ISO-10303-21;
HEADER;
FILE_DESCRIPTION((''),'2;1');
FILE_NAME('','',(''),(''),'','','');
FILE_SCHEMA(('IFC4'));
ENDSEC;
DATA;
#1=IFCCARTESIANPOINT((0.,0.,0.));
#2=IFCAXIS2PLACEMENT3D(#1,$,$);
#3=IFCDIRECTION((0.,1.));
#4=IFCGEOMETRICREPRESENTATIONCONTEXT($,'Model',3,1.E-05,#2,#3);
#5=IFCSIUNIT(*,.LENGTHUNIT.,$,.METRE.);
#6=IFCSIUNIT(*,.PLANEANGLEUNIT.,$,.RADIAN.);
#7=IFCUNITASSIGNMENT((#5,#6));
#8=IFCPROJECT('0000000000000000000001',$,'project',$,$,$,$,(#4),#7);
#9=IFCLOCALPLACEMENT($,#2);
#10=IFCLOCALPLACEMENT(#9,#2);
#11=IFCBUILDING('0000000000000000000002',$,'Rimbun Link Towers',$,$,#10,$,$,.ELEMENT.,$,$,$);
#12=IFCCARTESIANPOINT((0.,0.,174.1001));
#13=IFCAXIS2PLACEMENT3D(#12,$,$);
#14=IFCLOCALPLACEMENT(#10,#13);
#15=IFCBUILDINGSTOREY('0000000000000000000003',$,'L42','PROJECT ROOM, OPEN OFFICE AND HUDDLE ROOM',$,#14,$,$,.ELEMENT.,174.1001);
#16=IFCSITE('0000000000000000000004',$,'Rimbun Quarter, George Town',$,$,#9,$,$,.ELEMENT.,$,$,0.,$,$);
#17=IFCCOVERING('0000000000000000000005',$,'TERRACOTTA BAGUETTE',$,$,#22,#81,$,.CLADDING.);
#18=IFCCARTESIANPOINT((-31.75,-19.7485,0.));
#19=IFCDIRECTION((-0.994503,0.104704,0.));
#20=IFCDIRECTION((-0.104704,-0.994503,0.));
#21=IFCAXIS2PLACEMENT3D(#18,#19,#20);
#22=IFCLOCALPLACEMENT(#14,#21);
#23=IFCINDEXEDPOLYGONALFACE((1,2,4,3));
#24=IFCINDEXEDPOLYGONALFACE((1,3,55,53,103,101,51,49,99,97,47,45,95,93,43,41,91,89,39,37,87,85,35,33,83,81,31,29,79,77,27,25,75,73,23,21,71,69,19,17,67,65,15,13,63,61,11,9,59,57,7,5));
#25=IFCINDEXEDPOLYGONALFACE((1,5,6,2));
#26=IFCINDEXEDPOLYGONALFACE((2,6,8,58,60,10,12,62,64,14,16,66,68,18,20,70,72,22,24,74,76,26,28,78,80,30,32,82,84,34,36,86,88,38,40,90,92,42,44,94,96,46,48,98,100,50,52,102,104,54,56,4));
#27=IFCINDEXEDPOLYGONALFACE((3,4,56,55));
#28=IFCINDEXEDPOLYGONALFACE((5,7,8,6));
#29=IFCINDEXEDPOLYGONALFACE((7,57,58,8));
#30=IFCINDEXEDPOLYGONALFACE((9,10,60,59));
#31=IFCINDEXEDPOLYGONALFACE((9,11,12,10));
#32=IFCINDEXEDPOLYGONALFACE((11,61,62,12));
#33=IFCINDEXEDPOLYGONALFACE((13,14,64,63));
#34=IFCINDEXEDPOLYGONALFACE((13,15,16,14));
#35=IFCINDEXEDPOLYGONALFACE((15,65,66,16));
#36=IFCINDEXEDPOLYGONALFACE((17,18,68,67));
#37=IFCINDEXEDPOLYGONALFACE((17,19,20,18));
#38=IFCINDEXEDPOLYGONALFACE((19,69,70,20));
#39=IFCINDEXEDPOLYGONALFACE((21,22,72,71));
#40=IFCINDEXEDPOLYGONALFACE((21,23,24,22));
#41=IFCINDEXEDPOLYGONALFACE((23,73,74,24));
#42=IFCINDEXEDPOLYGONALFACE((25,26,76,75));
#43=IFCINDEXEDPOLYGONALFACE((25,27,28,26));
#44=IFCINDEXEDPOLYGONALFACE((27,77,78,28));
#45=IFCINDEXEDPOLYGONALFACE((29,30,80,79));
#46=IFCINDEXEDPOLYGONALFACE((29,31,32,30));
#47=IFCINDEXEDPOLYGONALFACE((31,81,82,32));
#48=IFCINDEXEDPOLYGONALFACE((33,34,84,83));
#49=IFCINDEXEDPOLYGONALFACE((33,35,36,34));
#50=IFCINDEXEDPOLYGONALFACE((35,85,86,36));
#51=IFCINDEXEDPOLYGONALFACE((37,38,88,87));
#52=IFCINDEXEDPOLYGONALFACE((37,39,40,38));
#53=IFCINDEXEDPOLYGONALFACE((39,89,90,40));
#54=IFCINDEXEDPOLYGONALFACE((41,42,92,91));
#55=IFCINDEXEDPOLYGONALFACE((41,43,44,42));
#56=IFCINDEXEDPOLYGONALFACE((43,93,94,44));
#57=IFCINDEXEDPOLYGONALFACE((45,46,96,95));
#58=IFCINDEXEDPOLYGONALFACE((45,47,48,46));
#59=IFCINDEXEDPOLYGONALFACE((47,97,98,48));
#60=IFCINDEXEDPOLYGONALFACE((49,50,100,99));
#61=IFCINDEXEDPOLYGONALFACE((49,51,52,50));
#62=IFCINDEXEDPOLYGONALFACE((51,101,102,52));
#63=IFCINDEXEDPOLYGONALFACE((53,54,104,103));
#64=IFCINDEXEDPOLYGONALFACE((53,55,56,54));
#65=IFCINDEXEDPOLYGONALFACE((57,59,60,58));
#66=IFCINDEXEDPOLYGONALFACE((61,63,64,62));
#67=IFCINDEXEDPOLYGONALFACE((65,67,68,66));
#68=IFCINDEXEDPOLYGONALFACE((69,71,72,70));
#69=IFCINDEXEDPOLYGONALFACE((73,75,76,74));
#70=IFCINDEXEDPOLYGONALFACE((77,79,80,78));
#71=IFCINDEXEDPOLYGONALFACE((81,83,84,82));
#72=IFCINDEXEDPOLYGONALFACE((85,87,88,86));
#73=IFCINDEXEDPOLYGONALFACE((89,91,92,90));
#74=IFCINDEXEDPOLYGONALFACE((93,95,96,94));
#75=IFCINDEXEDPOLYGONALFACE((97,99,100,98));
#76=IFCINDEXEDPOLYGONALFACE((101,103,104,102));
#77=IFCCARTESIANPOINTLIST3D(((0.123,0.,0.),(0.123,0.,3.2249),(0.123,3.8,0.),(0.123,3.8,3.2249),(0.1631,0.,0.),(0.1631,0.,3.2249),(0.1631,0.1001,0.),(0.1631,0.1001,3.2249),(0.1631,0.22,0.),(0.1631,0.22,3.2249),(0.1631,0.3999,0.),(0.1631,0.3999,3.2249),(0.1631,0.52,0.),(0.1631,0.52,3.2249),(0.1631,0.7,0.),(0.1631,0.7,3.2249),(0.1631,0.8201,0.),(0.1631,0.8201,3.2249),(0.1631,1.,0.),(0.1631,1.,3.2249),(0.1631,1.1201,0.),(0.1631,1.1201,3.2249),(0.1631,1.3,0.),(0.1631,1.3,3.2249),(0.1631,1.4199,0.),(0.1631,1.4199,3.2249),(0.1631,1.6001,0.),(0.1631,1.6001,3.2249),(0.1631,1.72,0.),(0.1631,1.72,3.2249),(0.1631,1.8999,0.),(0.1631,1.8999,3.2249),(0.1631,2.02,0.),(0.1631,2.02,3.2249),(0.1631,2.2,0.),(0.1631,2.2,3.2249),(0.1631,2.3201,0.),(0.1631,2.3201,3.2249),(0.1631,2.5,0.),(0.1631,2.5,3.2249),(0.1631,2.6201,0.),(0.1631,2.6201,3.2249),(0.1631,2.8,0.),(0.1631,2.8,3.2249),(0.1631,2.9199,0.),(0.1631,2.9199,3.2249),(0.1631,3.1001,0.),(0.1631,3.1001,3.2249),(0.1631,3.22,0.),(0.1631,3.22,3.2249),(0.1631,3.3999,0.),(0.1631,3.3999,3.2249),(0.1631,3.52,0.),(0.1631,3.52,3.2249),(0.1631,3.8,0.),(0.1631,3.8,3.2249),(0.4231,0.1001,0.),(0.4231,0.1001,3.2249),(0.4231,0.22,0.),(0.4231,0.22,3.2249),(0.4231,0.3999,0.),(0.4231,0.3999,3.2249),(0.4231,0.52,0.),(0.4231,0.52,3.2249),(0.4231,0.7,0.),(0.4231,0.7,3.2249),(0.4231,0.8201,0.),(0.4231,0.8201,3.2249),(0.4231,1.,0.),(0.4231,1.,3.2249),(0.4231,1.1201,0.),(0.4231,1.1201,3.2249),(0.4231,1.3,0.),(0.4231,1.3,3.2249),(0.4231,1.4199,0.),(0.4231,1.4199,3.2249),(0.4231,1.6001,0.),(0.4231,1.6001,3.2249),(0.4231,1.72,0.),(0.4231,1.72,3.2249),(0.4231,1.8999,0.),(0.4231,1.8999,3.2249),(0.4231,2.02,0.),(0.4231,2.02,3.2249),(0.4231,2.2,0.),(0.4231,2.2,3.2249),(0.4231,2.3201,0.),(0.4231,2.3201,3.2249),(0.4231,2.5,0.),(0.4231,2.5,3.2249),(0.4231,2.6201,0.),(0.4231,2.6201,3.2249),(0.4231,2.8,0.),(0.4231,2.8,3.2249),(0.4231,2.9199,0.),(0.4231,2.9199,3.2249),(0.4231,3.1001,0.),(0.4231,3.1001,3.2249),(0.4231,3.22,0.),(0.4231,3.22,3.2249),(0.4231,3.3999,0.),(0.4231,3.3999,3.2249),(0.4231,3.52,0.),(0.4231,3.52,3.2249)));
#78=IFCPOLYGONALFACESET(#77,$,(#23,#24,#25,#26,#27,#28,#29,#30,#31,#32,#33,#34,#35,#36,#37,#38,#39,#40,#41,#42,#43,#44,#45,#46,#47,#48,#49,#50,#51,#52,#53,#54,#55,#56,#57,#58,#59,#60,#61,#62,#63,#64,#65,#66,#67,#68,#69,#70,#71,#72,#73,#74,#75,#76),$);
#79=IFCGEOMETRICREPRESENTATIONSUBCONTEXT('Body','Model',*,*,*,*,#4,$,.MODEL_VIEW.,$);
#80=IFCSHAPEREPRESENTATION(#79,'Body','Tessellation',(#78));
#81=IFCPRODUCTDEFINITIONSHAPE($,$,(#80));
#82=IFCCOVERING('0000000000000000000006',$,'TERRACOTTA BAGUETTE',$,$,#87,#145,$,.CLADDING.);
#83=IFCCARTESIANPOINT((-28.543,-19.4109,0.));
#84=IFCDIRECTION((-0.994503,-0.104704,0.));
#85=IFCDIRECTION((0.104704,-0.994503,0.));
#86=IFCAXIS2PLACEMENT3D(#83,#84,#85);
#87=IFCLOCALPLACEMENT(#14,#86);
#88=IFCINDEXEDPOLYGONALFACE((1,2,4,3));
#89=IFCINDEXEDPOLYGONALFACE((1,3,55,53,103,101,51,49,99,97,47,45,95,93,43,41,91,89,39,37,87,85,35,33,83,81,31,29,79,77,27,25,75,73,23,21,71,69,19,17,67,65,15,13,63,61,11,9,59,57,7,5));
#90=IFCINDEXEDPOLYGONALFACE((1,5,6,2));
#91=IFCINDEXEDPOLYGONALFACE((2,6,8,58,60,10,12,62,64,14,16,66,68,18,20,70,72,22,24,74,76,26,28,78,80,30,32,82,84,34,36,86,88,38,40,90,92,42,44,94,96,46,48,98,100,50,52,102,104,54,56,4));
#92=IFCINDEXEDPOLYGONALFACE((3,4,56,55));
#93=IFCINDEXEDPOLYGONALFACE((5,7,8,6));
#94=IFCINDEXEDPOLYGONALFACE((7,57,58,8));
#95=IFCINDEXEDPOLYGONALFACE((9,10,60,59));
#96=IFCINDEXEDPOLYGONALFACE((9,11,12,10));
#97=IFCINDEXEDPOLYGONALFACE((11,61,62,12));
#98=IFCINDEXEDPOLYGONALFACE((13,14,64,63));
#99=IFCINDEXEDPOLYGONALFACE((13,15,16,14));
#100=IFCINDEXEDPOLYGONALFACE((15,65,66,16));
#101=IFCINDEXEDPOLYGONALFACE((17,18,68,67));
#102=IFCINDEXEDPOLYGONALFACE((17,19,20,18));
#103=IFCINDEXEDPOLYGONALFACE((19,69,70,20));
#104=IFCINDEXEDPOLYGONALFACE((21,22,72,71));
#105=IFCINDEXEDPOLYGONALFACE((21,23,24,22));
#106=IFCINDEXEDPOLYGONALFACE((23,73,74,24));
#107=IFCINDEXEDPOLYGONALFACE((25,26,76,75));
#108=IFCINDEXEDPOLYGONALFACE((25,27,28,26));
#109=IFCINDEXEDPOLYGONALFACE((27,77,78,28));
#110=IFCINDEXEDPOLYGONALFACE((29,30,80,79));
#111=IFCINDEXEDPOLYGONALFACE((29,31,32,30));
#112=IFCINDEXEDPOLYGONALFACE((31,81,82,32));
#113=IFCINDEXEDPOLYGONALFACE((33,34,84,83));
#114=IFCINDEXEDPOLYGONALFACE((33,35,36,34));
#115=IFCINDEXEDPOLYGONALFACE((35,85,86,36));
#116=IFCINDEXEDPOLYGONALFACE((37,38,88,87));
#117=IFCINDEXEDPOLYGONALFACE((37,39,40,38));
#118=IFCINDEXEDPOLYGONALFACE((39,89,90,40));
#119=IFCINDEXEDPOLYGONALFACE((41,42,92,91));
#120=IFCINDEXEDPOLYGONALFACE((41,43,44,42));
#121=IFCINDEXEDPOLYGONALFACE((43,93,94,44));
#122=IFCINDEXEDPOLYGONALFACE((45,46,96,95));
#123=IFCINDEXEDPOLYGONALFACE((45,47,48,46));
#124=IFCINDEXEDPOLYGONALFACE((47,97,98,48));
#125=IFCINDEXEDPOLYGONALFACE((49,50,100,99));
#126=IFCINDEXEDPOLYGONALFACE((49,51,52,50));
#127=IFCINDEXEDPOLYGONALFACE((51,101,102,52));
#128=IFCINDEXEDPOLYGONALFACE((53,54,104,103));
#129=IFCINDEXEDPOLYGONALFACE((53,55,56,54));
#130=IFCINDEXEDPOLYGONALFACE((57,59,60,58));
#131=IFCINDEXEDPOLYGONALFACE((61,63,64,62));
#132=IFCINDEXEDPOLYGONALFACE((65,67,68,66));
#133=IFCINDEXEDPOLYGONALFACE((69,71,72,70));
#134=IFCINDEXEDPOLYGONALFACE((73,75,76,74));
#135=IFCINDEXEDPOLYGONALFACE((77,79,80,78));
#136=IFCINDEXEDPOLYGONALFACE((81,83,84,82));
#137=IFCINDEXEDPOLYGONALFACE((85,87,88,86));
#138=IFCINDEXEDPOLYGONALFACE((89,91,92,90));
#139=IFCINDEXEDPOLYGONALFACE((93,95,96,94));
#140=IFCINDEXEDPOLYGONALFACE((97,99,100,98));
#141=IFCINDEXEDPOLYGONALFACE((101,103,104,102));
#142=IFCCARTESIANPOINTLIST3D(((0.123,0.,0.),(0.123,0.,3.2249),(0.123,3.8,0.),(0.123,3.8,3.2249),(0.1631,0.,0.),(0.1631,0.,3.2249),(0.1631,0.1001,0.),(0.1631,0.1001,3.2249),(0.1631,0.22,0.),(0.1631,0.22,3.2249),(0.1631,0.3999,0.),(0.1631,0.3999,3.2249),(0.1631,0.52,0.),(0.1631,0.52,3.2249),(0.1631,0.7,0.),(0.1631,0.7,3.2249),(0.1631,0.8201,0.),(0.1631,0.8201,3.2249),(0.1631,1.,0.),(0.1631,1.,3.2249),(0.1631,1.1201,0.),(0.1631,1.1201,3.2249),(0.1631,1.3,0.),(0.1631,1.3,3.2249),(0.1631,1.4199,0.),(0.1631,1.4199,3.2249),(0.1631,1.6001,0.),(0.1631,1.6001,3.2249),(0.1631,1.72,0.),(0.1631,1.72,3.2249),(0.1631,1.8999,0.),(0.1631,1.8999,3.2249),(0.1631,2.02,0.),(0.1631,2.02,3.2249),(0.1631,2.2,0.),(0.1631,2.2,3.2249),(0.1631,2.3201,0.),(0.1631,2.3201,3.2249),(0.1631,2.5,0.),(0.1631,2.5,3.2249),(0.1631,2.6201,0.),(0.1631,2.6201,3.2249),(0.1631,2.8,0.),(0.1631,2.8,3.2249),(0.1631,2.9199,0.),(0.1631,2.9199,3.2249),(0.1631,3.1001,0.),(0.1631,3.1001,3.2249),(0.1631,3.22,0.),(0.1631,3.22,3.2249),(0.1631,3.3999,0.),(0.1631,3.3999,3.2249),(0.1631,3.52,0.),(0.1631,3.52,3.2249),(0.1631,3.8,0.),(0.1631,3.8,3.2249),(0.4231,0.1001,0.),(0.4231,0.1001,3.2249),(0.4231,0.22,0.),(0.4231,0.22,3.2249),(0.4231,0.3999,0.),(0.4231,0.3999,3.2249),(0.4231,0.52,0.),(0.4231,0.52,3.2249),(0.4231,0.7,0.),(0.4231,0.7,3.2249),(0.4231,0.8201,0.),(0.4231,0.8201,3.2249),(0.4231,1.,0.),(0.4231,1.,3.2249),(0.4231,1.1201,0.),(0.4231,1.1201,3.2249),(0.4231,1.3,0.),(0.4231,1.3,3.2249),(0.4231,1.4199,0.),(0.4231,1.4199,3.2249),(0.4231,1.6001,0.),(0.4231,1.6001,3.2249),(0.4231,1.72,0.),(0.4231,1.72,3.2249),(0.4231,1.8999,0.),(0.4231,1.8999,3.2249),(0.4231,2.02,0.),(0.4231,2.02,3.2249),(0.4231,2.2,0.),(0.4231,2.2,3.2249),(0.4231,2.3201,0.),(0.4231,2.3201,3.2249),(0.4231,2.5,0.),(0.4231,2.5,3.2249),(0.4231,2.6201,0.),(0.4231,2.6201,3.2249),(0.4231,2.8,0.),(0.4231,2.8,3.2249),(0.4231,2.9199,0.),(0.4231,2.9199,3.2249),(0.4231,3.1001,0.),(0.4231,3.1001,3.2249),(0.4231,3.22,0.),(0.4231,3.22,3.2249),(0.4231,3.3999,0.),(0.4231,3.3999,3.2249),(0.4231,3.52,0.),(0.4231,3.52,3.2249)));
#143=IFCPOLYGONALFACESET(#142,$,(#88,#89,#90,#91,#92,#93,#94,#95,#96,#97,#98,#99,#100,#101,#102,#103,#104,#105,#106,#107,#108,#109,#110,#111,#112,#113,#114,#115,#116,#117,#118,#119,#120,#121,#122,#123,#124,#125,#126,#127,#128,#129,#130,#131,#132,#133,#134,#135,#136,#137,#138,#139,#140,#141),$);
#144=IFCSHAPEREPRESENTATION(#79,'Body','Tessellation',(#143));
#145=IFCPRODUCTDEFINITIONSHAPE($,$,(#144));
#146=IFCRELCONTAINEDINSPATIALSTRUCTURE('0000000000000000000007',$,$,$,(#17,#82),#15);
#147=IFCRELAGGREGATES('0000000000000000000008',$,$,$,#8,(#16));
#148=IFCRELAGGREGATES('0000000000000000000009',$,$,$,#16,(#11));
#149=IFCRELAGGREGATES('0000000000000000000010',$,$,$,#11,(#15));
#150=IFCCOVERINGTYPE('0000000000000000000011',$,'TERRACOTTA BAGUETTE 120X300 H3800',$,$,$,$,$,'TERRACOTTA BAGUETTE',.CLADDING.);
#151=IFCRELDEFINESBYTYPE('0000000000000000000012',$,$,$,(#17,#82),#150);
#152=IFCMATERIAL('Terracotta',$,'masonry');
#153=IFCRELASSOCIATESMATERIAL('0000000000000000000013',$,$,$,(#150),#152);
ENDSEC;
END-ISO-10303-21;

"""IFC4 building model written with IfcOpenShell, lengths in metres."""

from ifc_helpers import new_model, si_unit, direction, frame, origin, place, context, subcontext, project, spatial, polyline, outline, extrude, material, material_profile, profile_set, type_object, element, save


model = new_model("IFC4")

# Units and contexts
model_context = context("Model", 3, precision=1e-05, world=origin(), true_north=direction((0.0, 1.0)))
body_context = subcontext(model_context, "Body", "Model", "MODEL_VIEW")
ifc_project = project(units=[si_unit("LENGTHUNIT", "METRE"), si_unit("PLANEANGLEUNIT", "RADIAN")], contexts=[model_context])

# Site, building, storey
site_placement = place(None, origin())
site = spatial("IfcSite", under=ifc_project, at=site_placement, Name="Rimbun Quarter, George Town", CompositionType="ELEMENT", RefElevation=0.0)
building_placement = place(site_placement, origin())
building = spatial("IfcBuilding", under=site, at=building_placement, Name="Rimbun Link Towers", CompositionType="ELEMENT")
storey_placement = place(building_placement, frame((0.0, 0.0, 174.1001)))
storey = spatial("IfcBuildingStorey", under=building, at=storey_placement, Name="L42", Description="PROJECT ROOM, OPEN OFFICE AND HUDDLE ROOM", CompositionType="ELEMENT", Elevation=174.1001)

# Coverings
ifc_material_1 = material(Name="Terracotta", Category="masonry")
ifc_material_profile_1 = material_profile(ifc_material_1, outline(polyline([(0.123, 0.0), (0.1631, 0.0), (0.1631, 0.1001), (0.4231, 0.1001), (0.4231, 0.22), (0.1631, 0.22), (0.1631, 0.3999), (0.4231, 0.3999), (0.4231, 0.52), (0.1631, 0.52), (0.1631, 0.7), (0.4231, 0.7), (0.4231, 0.8201), (0.1631, 0.8201), (0.1631, 1.0), (0.4231, 1.0), (0.4231, 1.1201), (0.1631, 1.1201), (0.1631, 1.3), (0.4231, 1.3), (0.4231, 1.4199), (0.1631, 1.4199), (0.1631, 1.6001), (0.4231, 1.6001), (0.4231, 1.72), (0.1631, 1.72), (0.1631, 1.8999), (0.4231, 1.8999), (0.4231, 2.02), (0.1631, 2.02), (0.1631, 2.2), (0.4231, 2.2), (0.4231, 2.3201), (0.1631, 2.3201), (0.1631, 2.5), (0.4231, 2.5), (0.4231, 2.6201), (0.1631, 2.6201), (0.1631, 2.8), (0.4231, 2.8), (0.4231, 2.9199), (0.1631, 2.9199), (0.1631, 3.1001), (0.4231, 3.1001), (0.4231, 3.22), (0.1631, 3.22), (0.1631, 3.3999), (0.4231, 3.3999), (0.4231, 3.52), (0.1631, 3.52), (0.1631, 3.8), (0.123, 3.8), (0.123, 0.0)])), Name="BAGUETTE 120X300")
ifc_profile_set_1 = profile_set([ifc_material_profile_1], Name="Terracotta")
covering_type = type_object("IfcCoveringType", Name="TERRACOTTA BAGUETTE 120X300 H3800", ElementType="TERRACOTTA BAGUETTE", PredefinedType="CLADDING", material=ifc_profile_set_1)
for number, where, z_axis, x_axis, name in (
    (1, (-31.75, -19.7485, 0.0), (-0.994503, 0.104704, 0.0), (-0.104704, -0.994503, 0.0), "TERRACOTTA BAGUETTE"),
    (2, (-28.543, -19.4109, 0.0), (-0.994503, -0.104704, 0.0), (0.104704, -0.994503, 0.0), "TERRACOTTA BAGUETTE"),
):
    element("IfcCovering", number, at=place(storey_placement, frame(where, z_axis=z_axis, x_axis=x_axis)), inside=storey, type_object=covering_type, Name=name, PredefinedType="CLADDING", context=body_context, shape_type="SweptSolid", body=[
        extrude(outline(polyline([(0.123, 0.0), (0.1631, 0.0), (0.1631, 0.1001), (0.4231, 0.1001), (0.4231, 0.22), (0.1631, 0.22), (0.1631, 0.3999), (0.4231, 0.3999), (0.4231, 0.52), (0.1631, 0.52), (0.1631, 0.7), (0.4231, 0.7), (0.4231, 0.8201), (0.1631, 0.8201), (0.1631, 1.0), (0.4231, 1.0), (0.4231, 1.1201), (0.1631, 1.1201), (0.1631, 1.3), (0.4231, 1.3), (0.4231, 1.4199), (0.1631, 1.4199), (0.1631, 1.6001), (0.4231, 1.6001), (0.4231, 1.72), (0.1631, 1.72), (0.1631, 1.8999), (0.4231, 1.8999), (0.4231, 2.02), (0.1631, 2.02), (0.1631, 2.2), (0.4231, 2.2), (0.4231, 2.3201), (0.1631, 2.3201), (0.1631, 2.5), (0.4231, 2.5), (0.4231, 2.6201), (0.1631, 2.6201), (0.1631, 2.8), (0.4231, 2.8), (0.4231, 2.9199), (0.1631, 2.9199), (0.1631, 3.1001), (0.4231, 3.1001), (0.4231, 3.22), (0.1631, 3.22), (0.1631, 3.3999), (0.4231, 3.3999), (0.4231, 3.52), (0.1631, 3.52), (0.1631, 3.8), (0.123, 3.8), (0.123, 0.0)])), origin(), (0.0, 0.0, 1.0), 3.2249),
    ])

save(model, "model.ifc")
